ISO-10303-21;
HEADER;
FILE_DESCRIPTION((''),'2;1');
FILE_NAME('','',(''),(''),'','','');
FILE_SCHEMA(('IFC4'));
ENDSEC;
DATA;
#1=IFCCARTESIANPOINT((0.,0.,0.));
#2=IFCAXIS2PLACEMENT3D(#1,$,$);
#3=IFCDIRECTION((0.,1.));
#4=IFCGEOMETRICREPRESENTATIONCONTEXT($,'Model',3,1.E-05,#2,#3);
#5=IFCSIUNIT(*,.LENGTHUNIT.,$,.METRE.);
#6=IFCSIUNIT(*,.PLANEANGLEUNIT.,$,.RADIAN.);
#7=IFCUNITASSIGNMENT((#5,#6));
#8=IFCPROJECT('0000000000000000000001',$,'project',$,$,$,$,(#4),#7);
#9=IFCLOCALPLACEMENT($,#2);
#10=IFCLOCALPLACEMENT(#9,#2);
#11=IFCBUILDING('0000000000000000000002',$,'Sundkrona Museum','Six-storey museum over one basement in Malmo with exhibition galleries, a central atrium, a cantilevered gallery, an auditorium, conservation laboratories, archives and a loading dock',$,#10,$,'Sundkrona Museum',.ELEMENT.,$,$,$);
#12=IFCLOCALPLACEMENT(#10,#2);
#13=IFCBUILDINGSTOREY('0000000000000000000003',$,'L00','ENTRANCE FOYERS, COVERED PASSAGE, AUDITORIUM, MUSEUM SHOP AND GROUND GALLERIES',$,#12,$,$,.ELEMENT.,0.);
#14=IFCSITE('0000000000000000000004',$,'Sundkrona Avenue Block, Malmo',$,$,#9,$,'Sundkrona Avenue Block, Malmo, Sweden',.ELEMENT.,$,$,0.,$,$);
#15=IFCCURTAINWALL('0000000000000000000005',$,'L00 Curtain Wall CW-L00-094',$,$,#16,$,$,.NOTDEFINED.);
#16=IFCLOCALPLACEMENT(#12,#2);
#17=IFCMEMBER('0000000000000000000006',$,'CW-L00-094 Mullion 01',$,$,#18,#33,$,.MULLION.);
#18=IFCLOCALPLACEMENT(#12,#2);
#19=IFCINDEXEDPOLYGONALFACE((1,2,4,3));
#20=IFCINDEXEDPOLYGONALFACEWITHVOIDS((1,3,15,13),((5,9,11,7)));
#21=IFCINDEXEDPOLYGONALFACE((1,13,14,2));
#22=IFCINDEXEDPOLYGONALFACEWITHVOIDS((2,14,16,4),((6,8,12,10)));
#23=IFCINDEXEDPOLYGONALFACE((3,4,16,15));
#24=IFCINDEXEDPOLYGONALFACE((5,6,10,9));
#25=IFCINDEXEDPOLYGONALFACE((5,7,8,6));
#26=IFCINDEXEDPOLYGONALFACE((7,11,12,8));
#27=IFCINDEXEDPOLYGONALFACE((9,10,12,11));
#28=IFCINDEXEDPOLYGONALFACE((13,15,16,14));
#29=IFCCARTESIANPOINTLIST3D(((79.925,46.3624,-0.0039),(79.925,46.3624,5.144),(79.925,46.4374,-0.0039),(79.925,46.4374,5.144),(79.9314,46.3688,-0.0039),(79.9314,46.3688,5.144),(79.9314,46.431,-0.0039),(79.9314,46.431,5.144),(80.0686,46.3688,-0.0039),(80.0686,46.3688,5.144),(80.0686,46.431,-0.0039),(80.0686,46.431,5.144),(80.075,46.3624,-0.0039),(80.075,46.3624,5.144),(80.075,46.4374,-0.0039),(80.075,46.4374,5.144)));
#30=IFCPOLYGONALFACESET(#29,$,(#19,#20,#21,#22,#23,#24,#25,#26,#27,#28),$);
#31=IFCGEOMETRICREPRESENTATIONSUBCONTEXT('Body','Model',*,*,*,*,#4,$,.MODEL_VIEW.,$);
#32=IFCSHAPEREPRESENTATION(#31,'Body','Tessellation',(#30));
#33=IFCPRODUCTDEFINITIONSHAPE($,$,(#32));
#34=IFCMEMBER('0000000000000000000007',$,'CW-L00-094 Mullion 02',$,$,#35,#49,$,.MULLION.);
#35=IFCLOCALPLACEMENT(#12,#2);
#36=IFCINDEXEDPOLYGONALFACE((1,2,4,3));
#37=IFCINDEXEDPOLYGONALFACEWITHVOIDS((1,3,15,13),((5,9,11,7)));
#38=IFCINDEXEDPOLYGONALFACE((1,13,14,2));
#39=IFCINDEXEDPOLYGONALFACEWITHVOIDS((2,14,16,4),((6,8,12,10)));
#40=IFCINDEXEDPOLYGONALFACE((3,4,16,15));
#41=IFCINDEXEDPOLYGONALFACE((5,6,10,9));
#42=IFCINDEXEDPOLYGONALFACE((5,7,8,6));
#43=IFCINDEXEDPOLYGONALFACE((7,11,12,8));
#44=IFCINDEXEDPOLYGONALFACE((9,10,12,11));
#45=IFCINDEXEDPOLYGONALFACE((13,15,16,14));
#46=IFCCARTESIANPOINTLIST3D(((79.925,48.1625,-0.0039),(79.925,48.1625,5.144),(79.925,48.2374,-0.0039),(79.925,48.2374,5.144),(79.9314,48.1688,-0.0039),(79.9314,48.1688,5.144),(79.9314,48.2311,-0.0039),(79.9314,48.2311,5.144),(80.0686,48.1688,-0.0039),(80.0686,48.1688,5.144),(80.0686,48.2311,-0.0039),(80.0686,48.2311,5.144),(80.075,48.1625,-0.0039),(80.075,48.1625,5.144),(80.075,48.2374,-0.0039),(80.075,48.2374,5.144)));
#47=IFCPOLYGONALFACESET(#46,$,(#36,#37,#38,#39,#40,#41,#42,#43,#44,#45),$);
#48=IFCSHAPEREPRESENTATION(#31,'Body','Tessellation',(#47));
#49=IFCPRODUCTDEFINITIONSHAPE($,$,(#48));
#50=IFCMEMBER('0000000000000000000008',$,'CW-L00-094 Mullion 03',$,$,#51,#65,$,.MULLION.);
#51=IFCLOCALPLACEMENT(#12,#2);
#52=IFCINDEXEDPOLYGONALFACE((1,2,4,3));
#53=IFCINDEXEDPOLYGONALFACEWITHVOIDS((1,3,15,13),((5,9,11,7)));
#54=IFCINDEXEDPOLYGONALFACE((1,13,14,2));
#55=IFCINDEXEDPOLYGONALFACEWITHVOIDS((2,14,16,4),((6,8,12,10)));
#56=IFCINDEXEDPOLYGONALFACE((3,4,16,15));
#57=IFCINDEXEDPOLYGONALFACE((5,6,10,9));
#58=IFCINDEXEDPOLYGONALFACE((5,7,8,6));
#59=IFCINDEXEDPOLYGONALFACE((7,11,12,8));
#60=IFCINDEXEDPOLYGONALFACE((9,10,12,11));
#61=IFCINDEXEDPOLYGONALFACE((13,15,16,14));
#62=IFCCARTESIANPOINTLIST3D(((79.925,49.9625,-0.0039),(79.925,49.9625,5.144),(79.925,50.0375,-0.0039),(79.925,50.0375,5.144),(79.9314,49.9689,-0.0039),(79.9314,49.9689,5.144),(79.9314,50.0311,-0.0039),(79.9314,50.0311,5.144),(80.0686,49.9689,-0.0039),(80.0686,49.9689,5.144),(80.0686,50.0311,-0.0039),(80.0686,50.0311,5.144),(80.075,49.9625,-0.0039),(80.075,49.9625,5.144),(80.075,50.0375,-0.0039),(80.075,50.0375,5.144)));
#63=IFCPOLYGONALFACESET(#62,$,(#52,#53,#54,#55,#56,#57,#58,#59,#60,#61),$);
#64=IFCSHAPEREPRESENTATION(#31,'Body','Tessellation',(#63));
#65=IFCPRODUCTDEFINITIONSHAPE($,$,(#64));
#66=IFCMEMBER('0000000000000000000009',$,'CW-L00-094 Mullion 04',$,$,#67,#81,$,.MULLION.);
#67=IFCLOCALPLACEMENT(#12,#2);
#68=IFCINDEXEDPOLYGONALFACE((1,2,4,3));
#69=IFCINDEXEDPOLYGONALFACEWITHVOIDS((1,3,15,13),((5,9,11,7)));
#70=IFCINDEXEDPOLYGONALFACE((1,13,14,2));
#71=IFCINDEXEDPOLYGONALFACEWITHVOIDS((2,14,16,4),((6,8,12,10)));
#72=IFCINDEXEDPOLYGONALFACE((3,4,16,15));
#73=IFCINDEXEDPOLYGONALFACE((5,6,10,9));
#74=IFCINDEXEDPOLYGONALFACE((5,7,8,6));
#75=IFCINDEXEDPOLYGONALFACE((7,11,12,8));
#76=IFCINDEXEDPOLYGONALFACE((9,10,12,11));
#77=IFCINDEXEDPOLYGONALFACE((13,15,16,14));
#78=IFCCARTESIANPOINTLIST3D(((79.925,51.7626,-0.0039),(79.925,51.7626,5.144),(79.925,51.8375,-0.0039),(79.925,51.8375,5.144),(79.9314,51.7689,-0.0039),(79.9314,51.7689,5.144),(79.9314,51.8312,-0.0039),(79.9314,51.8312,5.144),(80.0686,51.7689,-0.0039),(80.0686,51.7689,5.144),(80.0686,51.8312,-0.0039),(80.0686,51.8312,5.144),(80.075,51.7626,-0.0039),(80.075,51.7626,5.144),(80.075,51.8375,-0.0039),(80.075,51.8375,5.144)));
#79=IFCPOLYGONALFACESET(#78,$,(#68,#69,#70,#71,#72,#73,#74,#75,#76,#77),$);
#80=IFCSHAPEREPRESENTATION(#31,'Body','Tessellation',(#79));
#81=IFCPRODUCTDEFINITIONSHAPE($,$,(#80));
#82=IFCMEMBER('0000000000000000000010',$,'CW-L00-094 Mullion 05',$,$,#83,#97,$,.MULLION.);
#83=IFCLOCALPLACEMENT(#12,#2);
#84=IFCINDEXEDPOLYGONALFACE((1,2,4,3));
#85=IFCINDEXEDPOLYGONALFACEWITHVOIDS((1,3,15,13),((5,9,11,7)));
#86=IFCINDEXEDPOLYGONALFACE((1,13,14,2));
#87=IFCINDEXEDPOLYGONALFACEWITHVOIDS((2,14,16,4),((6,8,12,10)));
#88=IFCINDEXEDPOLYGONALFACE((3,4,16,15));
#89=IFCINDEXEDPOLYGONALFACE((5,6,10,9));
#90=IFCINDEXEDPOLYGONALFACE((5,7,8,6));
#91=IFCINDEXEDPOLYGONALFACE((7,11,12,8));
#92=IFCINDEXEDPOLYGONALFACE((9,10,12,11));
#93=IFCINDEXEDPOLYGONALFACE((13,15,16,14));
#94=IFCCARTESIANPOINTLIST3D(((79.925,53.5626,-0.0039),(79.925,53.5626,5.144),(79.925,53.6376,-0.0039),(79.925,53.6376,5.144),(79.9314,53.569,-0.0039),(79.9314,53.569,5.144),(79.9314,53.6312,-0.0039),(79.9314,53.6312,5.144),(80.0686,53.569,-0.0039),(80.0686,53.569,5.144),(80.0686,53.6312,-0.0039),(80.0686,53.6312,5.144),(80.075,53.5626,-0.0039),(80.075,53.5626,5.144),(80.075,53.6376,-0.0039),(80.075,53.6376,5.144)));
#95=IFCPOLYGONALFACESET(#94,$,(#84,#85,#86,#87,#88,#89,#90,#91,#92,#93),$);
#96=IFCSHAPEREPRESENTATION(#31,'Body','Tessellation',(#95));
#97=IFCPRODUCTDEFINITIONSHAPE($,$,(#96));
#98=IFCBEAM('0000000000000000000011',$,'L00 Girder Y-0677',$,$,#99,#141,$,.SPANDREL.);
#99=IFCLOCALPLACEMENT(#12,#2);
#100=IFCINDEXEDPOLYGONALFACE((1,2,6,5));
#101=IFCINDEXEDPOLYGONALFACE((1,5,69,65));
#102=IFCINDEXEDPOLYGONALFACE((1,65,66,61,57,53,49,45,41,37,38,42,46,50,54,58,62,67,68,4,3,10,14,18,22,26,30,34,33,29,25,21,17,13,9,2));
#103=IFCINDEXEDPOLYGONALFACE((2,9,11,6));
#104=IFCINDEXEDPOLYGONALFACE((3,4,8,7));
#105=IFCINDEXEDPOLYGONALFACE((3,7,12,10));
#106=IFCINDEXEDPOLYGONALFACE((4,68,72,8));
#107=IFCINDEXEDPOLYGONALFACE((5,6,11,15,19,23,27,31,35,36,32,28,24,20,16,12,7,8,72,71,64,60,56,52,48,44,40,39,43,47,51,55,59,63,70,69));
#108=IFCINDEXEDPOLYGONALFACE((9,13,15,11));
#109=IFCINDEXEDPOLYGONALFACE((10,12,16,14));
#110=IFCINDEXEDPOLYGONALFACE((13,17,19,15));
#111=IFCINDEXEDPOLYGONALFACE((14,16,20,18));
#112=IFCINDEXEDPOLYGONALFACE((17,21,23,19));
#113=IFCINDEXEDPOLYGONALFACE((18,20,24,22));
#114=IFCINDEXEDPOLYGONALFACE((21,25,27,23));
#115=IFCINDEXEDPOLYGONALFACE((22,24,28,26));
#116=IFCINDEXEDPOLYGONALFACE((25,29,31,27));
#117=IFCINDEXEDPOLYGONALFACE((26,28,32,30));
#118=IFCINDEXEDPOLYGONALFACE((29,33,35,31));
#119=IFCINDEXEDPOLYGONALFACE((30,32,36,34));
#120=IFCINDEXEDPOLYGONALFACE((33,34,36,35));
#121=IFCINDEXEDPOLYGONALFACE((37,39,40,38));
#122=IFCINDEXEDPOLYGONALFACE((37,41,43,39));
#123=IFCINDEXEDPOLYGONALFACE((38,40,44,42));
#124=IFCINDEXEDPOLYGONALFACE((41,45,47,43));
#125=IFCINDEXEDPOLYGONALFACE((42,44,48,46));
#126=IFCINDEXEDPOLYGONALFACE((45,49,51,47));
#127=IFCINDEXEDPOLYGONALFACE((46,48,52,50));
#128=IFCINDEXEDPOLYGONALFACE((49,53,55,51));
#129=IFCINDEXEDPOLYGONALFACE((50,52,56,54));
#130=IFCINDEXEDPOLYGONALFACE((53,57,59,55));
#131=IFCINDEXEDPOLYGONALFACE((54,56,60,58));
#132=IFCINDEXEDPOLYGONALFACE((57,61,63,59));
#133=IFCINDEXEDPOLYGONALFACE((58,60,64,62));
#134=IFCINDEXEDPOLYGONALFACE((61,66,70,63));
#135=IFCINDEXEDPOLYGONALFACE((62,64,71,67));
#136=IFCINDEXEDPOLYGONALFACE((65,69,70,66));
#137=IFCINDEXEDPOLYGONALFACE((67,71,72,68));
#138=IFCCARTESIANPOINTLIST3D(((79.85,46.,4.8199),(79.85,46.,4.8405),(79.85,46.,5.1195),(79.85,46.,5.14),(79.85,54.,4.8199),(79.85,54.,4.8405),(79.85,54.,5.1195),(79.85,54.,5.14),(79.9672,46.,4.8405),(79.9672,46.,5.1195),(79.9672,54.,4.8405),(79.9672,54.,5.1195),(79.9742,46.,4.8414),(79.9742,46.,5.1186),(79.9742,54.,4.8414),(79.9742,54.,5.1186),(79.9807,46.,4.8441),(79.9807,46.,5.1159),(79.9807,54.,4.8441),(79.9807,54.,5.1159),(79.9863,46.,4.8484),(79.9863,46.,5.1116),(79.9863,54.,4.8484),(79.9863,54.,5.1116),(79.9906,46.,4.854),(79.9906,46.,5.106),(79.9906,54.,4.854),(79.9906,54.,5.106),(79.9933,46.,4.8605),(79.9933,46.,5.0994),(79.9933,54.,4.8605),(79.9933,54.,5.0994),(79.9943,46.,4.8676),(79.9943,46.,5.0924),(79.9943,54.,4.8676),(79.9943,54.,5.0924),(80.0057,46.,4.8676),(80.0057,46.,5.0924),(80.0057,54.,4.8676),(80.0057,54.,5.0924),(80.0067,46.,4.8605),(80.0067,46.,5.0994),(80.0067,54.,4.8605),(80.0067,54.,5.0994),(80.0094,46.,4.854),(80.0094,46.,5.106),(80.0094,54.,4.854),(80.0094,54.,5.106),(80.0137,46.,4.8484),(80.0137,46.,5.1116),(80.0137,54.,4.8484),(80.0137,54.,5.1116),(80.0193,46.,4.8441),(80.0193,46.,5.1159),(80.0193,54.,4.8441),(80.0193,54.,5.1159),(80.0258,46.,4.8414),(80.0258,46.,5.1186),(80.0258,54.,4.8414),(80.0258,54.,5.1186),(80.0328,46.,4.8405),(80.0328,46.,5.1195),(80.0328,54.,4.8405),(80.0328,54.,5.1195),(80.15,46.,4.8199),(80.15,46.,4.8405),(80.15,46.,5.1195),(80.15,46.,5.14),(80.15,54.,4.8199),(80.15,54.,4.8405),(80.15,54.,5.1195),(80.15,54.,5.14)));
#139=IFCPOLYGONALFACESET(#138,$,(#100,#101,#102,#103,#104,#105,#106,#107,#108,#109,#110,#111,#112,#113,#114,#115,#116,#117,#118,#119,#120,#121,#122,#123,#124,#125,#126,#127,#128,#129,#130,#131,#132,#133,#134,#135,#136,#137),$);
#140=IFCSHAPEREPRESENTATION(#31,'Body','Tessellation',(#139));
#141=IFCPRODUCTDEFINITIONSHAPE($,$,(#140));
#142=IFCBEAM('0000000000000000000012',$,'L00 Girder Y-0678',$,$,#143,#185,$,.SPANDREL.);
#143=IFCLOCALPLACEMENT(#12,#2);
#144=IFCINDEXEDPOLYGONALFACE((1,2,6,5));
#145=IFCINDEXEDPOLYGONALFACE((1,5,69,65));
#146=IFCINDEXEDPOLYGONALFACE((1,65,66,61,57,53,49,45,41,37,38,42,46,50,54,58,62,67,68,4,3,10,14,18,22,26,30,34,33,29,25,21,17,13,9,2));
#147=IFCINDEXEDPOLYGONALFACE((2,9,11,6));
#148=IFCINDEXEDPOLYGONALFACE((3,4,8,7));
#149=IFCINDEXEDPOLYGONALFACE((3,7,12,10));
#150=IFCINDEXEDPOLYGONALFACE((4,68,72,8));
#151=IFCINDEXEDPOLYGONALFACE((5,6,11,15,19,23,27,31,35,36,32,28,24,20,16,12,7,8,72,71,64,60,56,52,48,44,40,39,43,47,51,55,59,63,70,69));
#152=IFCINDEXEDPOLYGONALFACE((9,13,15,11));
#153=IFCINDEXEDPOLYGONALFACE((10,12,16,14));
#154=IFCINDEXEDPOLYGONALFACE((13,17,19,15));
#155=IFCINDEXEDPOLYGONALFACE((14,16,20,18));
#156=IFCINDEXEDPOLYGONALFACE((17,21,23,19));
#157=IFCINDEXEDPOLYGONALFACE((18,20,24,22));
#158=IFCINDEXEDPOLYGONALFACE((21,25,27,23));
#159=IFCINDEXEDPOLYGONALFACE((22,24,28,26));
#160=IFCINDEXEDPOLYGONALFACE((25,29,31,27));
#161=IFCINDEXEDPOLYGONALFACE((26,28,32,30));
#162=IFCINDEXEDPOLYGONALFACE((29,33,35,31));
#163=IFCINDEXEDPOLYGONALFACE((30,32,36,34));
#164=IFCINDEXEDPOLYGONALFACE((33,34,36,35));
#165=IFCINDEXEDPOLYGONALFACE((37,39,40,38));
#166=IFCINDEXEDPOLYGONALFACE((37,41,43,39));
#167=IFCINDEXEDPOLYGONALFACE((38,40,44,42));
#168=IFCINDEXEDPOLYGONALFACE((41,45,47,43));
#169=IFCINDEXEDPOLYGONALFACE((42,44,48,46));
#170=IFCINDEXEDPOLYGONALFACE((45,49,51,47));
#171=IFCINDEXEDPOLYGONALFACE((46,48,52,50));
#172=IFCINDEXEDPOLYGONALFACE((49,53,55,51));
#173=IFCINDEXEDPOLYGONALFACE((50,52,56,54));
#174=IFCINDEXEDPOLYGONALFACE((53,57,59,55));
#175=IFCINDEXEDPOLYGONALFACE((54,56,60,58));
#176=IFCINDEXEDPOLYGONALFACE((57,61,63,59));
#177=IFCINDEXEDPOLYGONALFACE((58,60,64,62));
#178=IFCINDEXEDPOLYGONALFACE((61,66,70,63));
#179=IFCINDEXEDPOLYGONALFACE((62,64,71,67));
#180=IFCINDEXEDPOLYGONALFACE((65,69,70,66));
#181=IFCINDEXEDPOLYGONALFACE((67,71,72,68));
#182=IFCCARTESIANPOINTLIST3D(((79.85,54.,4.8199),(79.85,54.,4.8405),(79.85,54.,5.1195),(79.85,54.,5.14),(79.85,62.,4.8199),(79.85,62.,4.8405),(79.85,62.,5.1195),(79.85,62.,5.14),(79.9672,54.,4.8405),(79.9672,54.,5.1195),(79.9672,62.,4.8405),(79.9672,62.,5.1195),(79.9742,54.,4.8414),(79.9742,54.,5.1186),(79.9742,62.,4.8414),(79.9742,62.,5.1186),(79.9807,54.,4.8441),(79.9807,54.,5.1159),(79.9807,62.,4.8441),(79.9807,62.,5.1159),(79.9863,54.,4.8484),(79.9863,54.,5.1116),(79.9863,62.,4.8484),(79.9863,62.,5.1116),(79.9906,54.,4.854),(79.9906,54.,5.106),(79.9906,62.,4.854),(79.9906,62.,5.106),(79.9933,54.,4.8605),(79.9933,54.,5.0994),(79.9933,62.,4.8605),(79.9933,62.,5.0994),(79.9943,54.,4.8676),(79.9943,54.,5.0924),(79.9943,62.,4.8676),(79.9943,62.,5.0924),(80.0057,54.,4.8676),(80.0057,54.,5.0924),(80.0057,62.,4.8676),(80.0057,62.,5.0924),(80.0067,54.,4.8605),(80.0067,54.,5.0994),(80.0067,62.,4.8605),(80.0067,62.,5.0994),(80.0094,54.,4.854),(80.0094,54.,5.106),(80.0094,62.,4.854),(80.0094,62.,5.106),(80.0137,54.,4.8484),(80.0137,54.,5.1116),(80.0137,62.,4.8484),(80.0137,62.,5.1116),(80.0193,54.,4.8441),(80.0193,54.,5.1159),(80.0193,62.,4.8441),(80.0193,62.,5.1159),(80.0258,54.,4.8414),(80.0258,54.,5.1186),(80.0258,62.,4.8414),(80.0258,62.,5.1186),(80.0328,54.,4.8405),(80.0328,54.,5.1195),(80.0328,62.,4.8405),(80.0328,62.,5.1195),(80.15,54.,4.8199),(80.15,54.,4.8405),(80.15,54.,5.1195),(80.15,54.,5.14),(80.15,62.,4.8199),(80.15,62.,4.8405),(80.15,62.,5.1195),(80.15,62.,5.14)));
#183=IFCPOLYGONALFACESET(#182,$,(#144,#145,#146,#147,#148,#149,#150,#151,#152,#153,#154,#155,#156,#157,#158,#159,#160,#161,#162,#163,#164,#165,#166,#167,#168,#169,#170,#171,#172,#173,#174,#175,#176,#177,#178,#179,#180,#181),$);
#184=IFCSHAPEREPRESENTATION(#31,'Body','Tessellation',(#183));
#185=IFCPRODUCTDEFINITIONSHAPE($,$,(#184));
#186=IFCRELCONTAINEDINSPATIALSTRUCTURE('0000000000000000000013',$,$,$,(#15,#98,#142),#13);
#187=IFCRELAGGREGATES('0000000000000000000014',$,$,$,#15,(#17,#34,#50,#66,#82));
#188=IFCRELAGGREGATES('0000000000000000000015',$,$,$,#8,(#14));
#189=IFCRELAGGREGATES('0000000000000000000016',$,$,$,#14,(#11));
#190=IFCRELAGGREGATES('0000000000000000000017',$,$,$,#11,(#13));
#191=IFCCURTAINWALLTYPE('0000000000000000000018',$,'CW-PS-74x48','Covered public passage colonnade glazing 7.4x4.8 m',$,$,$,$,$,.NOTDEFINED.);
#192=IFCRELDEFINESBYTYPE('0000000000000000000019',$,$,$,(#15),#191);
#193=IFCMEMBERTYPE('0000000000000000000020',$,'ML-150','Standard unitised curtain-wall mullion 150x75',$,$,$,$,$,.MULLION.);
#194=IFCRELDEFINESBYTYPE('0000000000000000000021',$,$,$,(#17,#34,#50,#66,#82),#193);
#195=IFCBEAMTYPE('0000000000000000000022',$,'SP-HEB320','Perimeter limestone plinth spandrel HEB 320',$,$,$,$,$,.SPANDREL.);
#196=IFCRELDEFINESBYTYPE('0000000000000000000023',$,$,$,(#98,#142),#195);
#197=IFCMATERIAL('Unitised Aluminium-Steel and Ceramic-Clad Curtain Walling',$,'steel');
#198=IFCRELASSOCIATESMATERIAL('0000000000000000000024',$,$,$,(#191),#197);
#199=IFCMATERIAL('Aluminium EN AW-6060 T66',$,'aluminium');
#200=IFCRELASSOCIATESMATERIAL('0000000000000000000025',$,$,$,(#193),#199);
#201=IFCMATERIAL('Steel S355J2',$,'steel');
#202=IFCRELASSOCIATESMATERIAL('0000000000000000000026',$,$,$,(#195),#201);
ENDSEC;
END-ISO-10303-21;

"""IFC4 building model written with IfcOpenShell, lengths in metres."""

from ifc_helpers import new_model, si_unit, direction, frame, origin, origin_2d, place, context, subcontext, project, spatial, hollow_rectangle, i_section, extrude, material, material_profile, profile_set, type_object, element, aggregate, save


model = new_model("IFC4")

# Units and contexts
model_context = context("Model", 3, precision=1e-05, world=origin(), true_north=direction((0.0, 1.0)))
body_context = subcontext(model_context, "Body", "Model", "MODEL_VIEW")
ifc_project = project(units=[si_unit("LENGTHUNIT", "METRE"), si_unit("PLANEANGLEUNIT", "RADIAN")], contexts=[model_context])

# Site, building, storey
site_placement = place(None, origin())
site = spatial("IfcSite", under=ifc_project, at=site_placement, Name="Sundkrona Avenue Block, Malmo", LongName="Sundkrona Avenue Block, Malmo, Sweden", CompositionType="ELEMENT", RefElevation=0.0)
building_placement = place(site_placement, origin())
building = spatial("IfcBuilding", under=site, at=building_placement, Name="Sundkrona Museum", Description="Six-storey museum over one basement in Malmo with exhibition galleries, a central atrium, a cantilevered gallery, an auditorium, conservation laboratories, archives and a loading dock", LongName="Sundkrona Museum", CompositionType="ELEMENT")
storey_placement = place(building_placement, origin())
storey = spatial("IfcBuildingStorey", under=building, at=storey_placement, Name="L00", Description="ENTRANCE FOYERS, COVERED PASSAGE, AUDITORIUM, MUSEUM SHOP AND GROUND GALLERIES", CompositionType="ELEMENT", Elevation=0.0)

# Shared definitions
ifc_material_1 = material(Name="Steel S355J2", Category="steel")

# Curtain wall, members
ifc_material_2 = material(Name="Unitised Aluminium-Steel and Ceramic-Clad Curtain Walling", Category="steel")
curtain_wall_type = type_object("IfcCurtainWallType", Name="CW-PS-74x48", Description="Covered public passage colonnade glazing 7.4x4.8 m", PredefinedType="NOTDEFINED", material=ifc_material_2)
curtain_wall_placement = place(storey_placement, origin())
curtain_wall = element("IfcCurtainWall", 1, at=curtain_wall_placement, inside=storey, type_object=curtain_wall_type, Name="L00 Curtain Wall CW-L00-094", PredefinedType="NOTDEFINED")
ifc_material_3 = material(Name="Aluminium EN AW-6060 T66", Category="aluminium")
ifc_material_profile_1 = material_profile(ifc_material_3, hollow_rectangle(XDim=0.075, YDim=0.1499, WallThickness=0.0063, at=origin_2d()), Name="RHS 150x75x6.3")
ifc_profile_set_1 = profile_set([ifc_material_profile_1], Name="Aluminium EN AW-6060 T66")
member_type_1 = type_object("IfcMemberType", Name="ML-150", Description="Standard unitised curtain-wall mullion 150x75", PredefinedType="MULLION", material=ifc_profile_set_1)
member_1_placement = place(storey_placement, frame((80.0, 46.3999, -0.0039), z_axis=(0.0, 0.0, 1.0), x_axis=(0.0, 1.0, 0.0)))
member_1 = element("IfcMember", 2, at=member_1_placement, type_object=member_type_1, Name="CW-L00-094 Mullion 01", PredefinedType="MULLION", context=body_context, shape_type="SweptSolid", body=[
    extrude(hollow_rectangle(XDim=0.075, YDim=0.1499, WallThickness=0.0063, at=origin_2d()), origin(), (0.0, 0.0, 1.0), 5.1479),
])
member_2_placement = place(storey_placement, frame((80.0, 48.2, -0.0039), z_axis=(0.0, 0.0, 1.0), x_axis=(0.0, 1.0, 0.0)))
member_2 = element("IfcMember", 3, at=member_2_placement, type_object=member_type_1, Name="CW-L00-094 Mullion 02", PredefinedType="MULLION", context=body_context, shape_type="SweptSolid", body=[
    extrude(hollow_rectangle(XDim=0.075, YDim=0.1499, WallThickness=0.0063, at=origin_2d()), origin(), (0.0, 0.0, 1.0), 5.1479),
])
member_3_placement = place(storey_placement, frame((80.0, 50.0, -0.0039), z_axis=(0.0, 0.0, 1.0), x_axis=(0.0, 1.0, 0.0)))
member_3 = element("IfcMember", 4, at=member_3_placement, type_object=member_type_1, Name="CW-L00-094 Mullion 03", PredefinedType="MULLION", context=body_context, shape_type="SweptSolid", body=[
    extrude(hollow_rectangle(XDim=0.075, YDim=0.1499, WallThickness=0.0063, at=origin_2d()), origin(), (0.0, 0.0, 1.0), 5.1479),
])
member_4_placement = place(storey_placement, frame((80.0, 51.8, -0.0039), z_axis=(0.0, 0.0, 1.0), x_axis=(0.0, 1.0, 0.0)))
member_4 = element("IfcMember", 5, at=member_4_placement, type_object=member_type_1, Name="CW-L00-094 Mullion 04", PredefinedType="MULLION", context=body_context, shape_type="SweptSolid", body=[
    extrude(hollow_rectangle(XDim=0.075, YDim=0.1499, WallThickness=0.0063, at=origin_2d()), origin(), (0.0, 0.0, 1.0), 5.1479),
])
member_5_placement = place(storey_placement, frame((80.0, 53.6001, -0.0039), z_axis=(0.0, 0.0, 1.0), x_axis=(0.0, 1.0, 0.0)))
member_5 = element("IfcMember", 6, at=member_5_placement, type_object=member_type_1, Name="CW-L00-094 Mullion 05", PredefinedType="MULLION", context=body_context, shape_type="SweptSolid", body=[
    extrude(hollow_rectangle(XDim=0.075, YDim=0.1499, WallThickness=0.0063, at=origin_2d()), origin(), (0.0, 0.0, 1.0), 5.1479),
])

# Beams
ifc_material_profile_2 = material_profile(ifc_material_1, i_section(OverallWidth=0.3, OverallDepth=0.3201, WebThickness=0.0115, FlangeThickness=0.0205, FilletRadius=0.0271, at=origin_2d()), Name="HEB 320")
ifc_profile_set_2 = profile_set([ifc_material_profile_2], Name="Steel S355J2")
beam_type_1 = type_object("IfcBeamType", Name="SP-HEB320", Description="Perimeter limestone plinth spandrel HEB 320", PredefinedType="SPANDREL", material=ifc_profile_set_2)
for number, where, z_axis, x_axis, name in (
    (7, (80.0, 46.0, 4.98), (0.0, 1.0, 0.0), (-1.0, 0.0, 0.0), "L00 Girder Y-0677"),
    (8, (80.0, 54.0, 4.98), (0.0, 1.0, 0.0), (-1.0, 0.0, 0.0), "L00 Girder Y-0678"),
):
    element("IfcBeam", number, at=place(storey_placement, frame(where, z_axis=z_axis, x_axis=x_axis)), inside=storey, type_object=beam_type_1, Name=name, PredefinedType="SPANDREL", context=body_context, shape_type="SweptSolid", body=[
        extrude(i_section(OverallWidth=0.3, OverallDepth=0.3201, WebThickness=0.0115, FlangeThickness=0.0205, FilletRadius=0.0271, at=origin_2d()), origin(), (0.0, 0.0, 1.0), 8.0),
    ])

aggregate(curtain_wall, [member_1, member_2, member_3, member_4, member_5])

save(model, "model.ifc")
